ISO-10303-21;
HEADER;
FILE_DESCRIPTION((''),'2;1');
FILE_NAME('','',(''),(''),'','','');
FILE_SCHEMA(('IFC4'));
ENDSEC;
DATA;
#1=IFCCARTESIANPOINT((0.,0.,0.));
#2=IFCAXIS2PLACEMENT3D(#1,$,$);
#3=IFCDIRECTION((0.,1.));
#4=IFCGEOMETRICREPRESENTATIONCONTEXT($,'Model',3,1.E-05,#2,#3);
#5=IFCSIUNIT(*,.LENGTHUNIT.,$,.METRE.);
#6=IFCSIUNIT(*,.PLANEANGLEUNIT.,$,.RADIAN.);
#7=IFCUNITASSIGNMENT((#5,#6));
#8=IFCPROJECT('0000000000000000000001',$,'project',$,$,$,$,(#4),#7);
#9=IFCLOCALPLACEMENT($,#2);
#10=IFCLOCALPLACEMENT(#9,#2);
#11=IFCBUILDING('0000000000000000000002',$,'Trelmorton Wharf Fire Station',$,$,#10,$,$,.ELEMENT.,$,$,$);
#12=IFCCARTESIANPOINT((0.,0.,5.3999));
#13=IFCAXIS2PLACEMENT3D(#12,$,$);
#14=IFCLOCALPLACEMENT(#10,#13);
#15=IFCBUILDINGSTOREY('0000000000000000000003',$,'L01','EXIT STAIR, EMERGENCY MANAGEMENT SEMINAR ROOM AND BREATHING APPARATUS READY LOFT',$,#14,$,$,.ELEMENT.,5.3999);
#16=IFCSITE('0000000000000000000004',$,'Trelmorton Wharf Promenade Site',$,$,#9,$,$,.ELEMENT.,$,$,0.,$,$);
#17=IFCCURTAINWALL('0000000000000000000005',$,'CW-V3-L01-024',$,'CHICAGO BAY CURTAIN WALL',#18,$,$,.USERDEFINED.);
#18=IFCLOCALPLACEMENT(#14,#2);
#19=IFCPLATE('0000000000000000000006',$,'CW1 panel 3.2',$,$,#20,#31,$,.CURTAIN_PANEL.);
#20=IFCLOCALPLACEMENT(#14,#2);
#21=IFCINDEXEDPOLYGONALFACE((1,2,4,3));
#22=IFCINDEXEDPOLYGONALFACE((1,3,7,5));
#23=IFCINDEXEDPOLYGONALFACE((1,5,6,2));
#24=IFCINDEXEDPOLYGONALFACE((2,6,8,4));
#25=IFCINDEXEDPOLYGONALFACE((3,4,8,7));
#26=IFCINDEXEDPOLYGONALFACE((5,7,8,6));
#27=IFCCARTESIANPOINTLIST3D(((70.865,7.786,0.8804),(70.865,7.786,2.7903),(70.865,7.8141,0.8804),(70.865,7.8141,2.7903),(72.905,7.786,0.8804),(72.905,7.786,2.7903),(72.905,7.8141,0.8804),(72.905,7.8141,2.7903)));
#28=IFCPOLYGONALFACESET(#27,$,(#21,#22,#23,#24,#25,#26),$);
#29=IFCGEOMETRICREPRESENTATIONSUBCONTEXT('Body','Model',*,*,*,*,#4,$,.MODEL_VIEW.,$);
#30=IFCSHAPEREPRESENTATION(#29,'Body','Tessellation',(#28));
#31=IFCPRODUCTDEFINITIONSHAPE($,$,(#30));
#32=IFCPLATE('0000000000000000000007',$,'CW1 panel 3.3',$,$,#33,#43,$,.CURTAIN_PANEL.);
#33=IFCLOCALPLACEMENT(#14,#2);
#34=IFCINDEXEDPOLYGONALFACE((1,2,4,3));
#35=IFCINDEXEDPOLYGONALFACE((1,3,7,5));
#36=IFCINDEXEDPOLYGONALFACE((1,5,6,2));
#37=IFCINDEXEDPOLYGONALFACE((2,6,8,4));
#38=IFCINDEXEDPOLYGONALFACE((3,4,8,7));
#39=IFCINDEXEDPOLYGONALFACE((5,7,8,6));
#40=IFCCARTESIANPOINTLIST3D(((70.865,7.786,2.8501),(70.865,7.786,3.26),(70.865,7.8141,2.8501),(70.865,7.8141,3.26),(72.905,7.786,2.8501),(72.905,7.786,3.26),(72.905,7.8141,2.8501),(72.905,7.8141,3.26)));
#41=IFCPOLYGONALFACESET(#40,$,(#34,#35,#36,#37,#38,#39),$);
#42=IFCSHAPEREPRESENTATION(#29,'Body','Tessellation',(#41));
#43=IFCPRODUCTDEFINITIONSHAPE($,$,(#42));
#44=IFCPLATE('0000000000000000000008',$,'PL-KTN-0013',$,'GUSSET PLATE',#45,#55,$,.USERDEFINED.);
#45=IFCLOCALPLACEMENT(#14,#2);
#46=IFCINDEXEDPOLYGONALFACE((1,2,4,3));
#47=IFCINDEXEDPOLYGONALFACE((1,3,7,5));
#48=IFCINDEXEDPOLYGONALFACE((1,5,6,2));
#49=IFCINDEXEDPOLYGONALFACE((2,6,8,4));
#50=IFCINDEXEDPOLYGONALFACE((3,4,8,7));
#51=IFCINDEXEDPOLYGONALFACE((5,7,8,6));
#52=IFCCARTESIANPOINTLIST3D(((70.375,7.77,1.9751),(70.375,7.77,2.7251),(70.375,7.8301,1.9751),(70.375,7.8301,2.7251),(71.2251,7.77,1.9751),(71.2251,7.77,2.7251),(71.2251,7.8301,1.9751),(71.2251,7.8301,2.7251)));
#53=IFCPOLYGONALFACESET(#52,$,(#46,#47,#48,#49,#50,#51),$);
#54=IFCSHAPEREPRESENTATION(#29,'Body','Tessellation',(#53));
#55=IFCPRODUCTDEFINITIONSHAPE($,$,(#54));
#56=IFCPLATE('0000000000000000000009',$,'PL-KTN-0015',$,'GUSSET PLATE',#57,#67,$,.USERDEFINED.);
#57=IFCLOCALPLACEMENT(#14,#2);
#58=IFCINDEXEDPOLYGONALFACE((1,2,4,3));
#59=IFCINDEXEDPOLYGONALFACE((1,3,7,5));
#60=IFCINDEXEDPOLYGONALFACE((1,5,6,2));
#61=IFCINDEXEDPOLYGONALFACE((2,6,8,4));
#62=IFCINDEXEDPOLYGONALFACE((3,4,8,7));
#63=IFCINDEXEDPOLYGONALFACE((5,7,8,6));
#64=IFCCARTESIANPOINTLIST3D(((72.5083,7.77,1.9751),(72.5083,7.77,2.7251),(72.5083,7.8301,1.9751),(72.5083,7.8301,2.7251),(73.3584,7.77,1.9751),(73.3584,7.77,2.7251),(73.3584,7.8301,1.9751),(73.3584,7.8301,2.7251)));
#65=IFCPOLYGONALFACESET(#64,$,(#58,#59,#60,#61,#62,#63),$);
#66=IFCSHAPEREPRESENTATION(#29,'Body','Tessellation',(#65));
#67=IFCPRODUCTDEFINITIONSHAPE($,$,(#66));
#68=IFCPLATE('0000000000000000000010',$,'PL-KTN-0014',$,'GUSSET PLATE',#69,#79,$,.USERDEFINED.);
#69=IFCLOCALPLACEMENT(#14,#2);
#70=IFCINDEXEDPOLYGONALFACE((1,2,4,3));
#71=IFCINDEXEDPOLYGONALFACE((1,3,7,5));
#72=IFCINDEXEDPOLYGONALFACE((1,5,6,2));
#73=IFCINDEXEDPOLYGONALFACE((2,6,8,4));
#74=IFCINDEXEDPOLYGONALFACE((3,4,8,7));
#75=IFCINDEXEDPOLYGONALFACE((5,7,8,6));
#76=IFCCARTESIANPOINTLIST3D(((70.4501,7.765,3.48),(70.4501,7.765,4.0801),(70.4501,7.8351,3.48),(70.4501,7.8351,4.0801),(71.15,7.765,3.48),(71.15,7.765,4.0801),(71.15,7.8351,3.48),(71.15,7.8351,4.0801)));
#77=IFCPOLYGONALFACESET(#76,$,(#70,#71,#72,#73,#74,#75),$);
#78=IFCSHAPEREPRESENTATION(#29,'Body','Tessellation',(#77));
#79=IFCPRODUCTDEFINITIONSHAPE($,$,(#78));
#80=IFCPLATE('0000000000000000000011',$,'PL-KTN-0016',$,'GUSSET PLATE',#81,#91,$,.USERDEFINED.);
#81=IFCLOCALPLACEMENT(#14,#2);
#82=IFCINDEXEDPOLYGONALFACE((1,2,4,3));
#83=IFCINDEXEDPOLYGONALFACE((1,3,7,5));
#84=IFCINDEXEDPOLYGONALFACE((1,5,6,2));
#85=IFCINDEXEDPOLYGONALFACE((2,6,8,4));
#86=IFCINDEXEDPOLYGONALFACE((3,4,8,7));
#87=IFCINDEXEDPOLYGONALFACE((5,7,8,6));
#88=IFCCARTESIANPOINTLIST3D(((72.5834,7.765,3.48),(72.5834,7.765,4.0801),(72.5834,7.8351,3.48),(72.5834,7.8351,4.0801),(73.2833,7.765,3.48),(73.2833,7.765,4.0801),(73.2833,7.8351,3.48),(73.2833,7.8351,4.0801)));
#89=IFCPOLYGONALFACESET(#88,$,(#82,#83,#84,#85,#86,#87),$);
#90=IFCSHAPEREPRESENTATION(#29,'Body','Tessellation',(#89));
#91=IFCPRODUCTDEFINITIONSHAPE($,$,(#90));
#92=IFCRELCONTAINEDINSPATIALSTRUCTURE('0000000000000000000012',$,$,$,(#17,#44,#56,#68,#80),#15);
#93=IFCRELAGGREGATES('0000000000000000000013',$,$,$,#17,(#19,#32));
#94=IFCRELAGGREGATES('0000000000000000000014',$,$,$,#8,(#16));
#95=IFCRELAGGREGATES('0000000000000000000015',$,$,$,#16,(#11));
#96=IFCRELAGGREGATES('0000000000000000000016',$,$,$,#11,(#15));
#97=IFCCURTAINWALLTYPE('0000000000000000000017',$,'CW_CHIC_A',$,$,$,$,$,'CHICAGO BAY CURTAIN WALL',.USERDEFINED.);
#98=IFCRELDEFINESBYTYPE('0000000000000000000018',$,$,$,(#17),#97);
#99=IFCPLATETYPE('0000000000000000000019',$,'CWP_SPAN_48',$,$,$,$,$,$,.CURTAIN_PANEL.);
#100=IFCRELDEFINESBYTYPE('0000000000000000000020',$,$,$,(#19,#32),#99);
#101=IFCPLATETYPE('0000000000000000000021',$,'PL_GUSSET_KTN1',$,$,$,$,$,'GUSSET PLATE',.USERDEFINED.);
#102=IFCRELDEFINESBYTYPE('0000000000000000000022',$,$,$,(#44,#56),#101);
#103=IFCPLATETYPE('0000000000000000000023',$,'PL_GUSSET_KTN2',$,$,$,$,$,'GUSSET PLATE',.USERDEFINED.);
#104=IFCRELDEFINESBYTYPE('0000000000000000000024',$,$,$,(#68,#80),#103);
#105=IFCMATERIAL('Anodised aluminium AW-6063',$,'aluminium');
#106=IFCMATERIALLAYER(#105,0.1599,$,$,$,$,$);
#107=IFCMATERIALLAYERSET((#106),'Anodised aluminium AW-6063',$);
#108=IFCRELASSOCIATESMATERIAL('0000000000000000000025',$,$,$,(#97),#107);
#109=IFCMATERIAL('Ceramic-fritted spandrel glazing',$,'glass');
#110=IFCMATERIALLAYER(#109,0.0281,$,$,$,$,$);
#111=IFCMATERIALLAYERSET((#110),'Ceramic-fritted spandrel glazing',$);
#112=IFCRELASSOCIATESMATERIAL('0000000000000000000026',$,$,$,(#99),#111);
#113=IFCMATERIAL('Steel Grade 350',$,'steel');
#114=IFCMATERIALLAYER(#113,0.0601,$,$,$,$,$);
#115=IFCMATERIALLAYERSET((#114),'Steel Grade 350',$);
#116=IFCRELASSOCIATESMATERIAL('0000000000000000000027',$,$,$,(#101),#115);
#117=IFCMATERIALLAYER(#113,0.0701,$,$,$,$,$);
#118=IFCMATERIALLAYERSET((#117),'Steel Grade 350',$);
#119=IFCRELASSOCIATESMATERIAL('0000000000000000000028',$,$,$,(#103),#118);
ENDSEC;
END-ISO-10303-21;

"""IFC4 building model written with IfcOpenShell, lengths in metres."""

from ifc_helpers import new_model, si_unit, direction, frame, origin, origin_2d, place, context, subcontext, project, spatial, rectangle, extrude, material, layer, layer_set, type_object, element, aggregate, save


model = new_model("IFC4")

# Units and contexts
model_context = context("Model", 3, precision=1e-05, world=origin(), true_north=direction((0.0, 1.0)))
body_context = subcontext(model_context, "Body", "Model", "MODEL_VIEW")
ifc_project = project(units=[si_unit("LENGTHUNIT", "METRE"), si_unit("PLANEANGLEUNIT", "RADIAN")], contexts=[model_context])

# Site, building, storey
site_placement = place(None, origin())
site = spatial("IfcSite", under=ifc_project, at=site_placement, Name="Trelmorton Wharf Promenade Site", CompositionType="ELEMENT", RefElevation=0.0)
building_placement = place(site_placement, origin())
building = spatial("IfcBuilding", under=site, at=building_placement, Name="Trelmorton Wharf Fire Station", CompositionType="ELEMENT")
storey_placement = place(building_placement, frame((0.0, 0.0, 5.3999)))
storey = spatial("IfcBuildingStorey", under=building, at=storey_placement, Name="L01", Description="EXIT STAIR, EMERGENCY MANAGEMENT SEMINAR ROOM AND BREATHING APPARATUS READY LOFT", CompositionType="ELEMENT", Elevation=5.3999)

# Curtain wall
ifc_material_1 = material(Name="Anodised aluminium AW-6063", Category="aluminium")
ifc_layer_1 = layer(ifc_material_1, 0.1599)
ifc_layer_set_1 = layer_set([ifc_layer_1], Name="Anodised aluminium AW-6063")
curtain_wall_type = type_object("IfcCurtainWallType", Name="CW_CHIC_A", ElementType="CHICAGO BAY CURTAIN WALL", PredefinedType="USERDEFINED", material=ifc_layer_set_1)
curtain_wall_placement = place(storey_placement, origin())
curtain_wall = element("IfcCurtainWall", 1, at=curtain_wall_placement, inside=storey, type_object=curtain_wall_type, Name="CW-V3-L01-024", ObjectType="CHICAGO BAY CURTAIN WALL", PredefinedType="USERDEFINED")

# Plates
ifc_material_2 = material(Name="Ceramic-fritted spandrel glazing", Category="glass")
ifc_layer_2 = layer(ifc_material_2, 0.0281)
ifc_layer_set_2 = layer_set([ifc_layer_2], Name="Ceramic-fritted spandrel glazing")
plate_type_1 = type_object("IfcPlateType", Name="CWP_SPAN_48", PredefinedType="CURTAIN_PANEL", material=ifc_layer_set_2)
plate_1_placement = place(storey_placement, frame((71.885, 7.8, 0.8804), z_axis=(0.0, 0.0, 1.0), x_axis=(-1.0, 0.0, 0.0)))
plate_1 = element("IfcPlate", 2, at=plate_1_placement, type_object=plate_type_1, Name="CW1 panel 3.2", PredefinedType="CURTAIN_PANEL", context=body_context, shape_type="SweptSolid", body=[
    extrude(rectangle(XDim=2.04, YDim=0.0281, at=origin_2d()), origin(), (0.0, 0.0, 1.0), 1.9099),
])
plate_2_placement = place(storey_placement, frame((71.885, 7.8, 2.8501), z_axis=(0.0, 0.0, 1.0), x_axis=(-1.0, 0.0, 0.0)))
plate_2 = element("IfcPlate", 3, at=plate_2_placement, type_object=plate_type_1, Name="CW1 panel 3.3", PredefinedType="CURTAIN_PANEL", context=body_context, shape_type="SweptSolid", body=[
    extrude(rectangle(XDim=2.04, YDim=0.0281, at=origin_2d()), origin(), (0.0, 0.0, 1.0), 0.4099),
])
aggregate(curtain_wall, [plate_1, plate_2])

# Plates
ifc_material_3 = material(Name="Steel Grade 350", Category="steel")
ifc_layer_3 = layer(ifc_material_3, 0.0601)
ifc_layer_set_3 = layer_set([ifc_layer_3], Name="Steel Grade 350")
plate_type_2 = type_object("IfcPlateType", Name="PL_GUSSET_KTN1", ElementType="GUSSET PLATE", PredefinedType="USERDEFINED", material=ifc_layer_set_3)
for number, where, z_axis, x_axis, name in (
    (4, (70.8, 7.8, 1.9751), (0.0, 0.0, 1.0), (1.0, 0.0, 0.0), "PL-KTN-0013"),
    (5, (72.9333, 7.8, 1.9751), (0.0, 0.0, 1.0), (1.0, 0.0, 0.0), "PL-KTN-0015"),
):
    element("IfcPlate", number, at=place(storey_placement, frame(where, z_axis=z_axis, x_axis=x_axis)), inside=storey, type_object=plate_type_2, Name=name, ObjectType="GUSSET PLATE", PredefinedType="USERDEFINED", context=body_context, shape_type="SweptSolid", body=[
        extrude(rectangle(XDim=0.8501, YDim=0.0601, at=origin_2d()), origin(), (0.0, 0.0, 1.0), 0.75),
    ])
ifc_layer_4 = layer(ifc_material_3, 0.0701)
ifc_layer_set_4 = layer_set([ifc_layer_4], Name="Steel Grade 350")
plate_type_3 = type_object("IfcPlateType", Name="PL_GUSSET_KTN2", ElementType="GUSSET PLATE", PredefinedType="USERDEFINED", material=ifc_layer_set_4)
for number, where, z_axis, x_axis, name in (
    (6, (70.8, 7.8, 3.48), (0.0, 0.0, 1.0), (1.0, 0.0, 0.0), "PL-KTN-0014"),
    (7, (72.9333, 7.8, 3.48), (0.0, 0.0, 1.0), (1.0, 0.0, 0.0), "PL-KTN-0016"),
):
    element("IfcPlate", number, at=place(storey_placement, frame(where, z_axis=z_axis, x_axis=x_axis)), inside=storey, type_object=plate_type_3, Name=name, ObjectType="GUSSET PLATE", PredefinedType="USERDEFINED", context=body_context, shape_type="SweptSolid", body=[
        extrude(rectangle(XDim=0.7, YDim=0.0701, at=origin_2d()), origin(), (0.0, 0.0, 1.0), 0.6001),
    ])

save(model, "model.ifc")
